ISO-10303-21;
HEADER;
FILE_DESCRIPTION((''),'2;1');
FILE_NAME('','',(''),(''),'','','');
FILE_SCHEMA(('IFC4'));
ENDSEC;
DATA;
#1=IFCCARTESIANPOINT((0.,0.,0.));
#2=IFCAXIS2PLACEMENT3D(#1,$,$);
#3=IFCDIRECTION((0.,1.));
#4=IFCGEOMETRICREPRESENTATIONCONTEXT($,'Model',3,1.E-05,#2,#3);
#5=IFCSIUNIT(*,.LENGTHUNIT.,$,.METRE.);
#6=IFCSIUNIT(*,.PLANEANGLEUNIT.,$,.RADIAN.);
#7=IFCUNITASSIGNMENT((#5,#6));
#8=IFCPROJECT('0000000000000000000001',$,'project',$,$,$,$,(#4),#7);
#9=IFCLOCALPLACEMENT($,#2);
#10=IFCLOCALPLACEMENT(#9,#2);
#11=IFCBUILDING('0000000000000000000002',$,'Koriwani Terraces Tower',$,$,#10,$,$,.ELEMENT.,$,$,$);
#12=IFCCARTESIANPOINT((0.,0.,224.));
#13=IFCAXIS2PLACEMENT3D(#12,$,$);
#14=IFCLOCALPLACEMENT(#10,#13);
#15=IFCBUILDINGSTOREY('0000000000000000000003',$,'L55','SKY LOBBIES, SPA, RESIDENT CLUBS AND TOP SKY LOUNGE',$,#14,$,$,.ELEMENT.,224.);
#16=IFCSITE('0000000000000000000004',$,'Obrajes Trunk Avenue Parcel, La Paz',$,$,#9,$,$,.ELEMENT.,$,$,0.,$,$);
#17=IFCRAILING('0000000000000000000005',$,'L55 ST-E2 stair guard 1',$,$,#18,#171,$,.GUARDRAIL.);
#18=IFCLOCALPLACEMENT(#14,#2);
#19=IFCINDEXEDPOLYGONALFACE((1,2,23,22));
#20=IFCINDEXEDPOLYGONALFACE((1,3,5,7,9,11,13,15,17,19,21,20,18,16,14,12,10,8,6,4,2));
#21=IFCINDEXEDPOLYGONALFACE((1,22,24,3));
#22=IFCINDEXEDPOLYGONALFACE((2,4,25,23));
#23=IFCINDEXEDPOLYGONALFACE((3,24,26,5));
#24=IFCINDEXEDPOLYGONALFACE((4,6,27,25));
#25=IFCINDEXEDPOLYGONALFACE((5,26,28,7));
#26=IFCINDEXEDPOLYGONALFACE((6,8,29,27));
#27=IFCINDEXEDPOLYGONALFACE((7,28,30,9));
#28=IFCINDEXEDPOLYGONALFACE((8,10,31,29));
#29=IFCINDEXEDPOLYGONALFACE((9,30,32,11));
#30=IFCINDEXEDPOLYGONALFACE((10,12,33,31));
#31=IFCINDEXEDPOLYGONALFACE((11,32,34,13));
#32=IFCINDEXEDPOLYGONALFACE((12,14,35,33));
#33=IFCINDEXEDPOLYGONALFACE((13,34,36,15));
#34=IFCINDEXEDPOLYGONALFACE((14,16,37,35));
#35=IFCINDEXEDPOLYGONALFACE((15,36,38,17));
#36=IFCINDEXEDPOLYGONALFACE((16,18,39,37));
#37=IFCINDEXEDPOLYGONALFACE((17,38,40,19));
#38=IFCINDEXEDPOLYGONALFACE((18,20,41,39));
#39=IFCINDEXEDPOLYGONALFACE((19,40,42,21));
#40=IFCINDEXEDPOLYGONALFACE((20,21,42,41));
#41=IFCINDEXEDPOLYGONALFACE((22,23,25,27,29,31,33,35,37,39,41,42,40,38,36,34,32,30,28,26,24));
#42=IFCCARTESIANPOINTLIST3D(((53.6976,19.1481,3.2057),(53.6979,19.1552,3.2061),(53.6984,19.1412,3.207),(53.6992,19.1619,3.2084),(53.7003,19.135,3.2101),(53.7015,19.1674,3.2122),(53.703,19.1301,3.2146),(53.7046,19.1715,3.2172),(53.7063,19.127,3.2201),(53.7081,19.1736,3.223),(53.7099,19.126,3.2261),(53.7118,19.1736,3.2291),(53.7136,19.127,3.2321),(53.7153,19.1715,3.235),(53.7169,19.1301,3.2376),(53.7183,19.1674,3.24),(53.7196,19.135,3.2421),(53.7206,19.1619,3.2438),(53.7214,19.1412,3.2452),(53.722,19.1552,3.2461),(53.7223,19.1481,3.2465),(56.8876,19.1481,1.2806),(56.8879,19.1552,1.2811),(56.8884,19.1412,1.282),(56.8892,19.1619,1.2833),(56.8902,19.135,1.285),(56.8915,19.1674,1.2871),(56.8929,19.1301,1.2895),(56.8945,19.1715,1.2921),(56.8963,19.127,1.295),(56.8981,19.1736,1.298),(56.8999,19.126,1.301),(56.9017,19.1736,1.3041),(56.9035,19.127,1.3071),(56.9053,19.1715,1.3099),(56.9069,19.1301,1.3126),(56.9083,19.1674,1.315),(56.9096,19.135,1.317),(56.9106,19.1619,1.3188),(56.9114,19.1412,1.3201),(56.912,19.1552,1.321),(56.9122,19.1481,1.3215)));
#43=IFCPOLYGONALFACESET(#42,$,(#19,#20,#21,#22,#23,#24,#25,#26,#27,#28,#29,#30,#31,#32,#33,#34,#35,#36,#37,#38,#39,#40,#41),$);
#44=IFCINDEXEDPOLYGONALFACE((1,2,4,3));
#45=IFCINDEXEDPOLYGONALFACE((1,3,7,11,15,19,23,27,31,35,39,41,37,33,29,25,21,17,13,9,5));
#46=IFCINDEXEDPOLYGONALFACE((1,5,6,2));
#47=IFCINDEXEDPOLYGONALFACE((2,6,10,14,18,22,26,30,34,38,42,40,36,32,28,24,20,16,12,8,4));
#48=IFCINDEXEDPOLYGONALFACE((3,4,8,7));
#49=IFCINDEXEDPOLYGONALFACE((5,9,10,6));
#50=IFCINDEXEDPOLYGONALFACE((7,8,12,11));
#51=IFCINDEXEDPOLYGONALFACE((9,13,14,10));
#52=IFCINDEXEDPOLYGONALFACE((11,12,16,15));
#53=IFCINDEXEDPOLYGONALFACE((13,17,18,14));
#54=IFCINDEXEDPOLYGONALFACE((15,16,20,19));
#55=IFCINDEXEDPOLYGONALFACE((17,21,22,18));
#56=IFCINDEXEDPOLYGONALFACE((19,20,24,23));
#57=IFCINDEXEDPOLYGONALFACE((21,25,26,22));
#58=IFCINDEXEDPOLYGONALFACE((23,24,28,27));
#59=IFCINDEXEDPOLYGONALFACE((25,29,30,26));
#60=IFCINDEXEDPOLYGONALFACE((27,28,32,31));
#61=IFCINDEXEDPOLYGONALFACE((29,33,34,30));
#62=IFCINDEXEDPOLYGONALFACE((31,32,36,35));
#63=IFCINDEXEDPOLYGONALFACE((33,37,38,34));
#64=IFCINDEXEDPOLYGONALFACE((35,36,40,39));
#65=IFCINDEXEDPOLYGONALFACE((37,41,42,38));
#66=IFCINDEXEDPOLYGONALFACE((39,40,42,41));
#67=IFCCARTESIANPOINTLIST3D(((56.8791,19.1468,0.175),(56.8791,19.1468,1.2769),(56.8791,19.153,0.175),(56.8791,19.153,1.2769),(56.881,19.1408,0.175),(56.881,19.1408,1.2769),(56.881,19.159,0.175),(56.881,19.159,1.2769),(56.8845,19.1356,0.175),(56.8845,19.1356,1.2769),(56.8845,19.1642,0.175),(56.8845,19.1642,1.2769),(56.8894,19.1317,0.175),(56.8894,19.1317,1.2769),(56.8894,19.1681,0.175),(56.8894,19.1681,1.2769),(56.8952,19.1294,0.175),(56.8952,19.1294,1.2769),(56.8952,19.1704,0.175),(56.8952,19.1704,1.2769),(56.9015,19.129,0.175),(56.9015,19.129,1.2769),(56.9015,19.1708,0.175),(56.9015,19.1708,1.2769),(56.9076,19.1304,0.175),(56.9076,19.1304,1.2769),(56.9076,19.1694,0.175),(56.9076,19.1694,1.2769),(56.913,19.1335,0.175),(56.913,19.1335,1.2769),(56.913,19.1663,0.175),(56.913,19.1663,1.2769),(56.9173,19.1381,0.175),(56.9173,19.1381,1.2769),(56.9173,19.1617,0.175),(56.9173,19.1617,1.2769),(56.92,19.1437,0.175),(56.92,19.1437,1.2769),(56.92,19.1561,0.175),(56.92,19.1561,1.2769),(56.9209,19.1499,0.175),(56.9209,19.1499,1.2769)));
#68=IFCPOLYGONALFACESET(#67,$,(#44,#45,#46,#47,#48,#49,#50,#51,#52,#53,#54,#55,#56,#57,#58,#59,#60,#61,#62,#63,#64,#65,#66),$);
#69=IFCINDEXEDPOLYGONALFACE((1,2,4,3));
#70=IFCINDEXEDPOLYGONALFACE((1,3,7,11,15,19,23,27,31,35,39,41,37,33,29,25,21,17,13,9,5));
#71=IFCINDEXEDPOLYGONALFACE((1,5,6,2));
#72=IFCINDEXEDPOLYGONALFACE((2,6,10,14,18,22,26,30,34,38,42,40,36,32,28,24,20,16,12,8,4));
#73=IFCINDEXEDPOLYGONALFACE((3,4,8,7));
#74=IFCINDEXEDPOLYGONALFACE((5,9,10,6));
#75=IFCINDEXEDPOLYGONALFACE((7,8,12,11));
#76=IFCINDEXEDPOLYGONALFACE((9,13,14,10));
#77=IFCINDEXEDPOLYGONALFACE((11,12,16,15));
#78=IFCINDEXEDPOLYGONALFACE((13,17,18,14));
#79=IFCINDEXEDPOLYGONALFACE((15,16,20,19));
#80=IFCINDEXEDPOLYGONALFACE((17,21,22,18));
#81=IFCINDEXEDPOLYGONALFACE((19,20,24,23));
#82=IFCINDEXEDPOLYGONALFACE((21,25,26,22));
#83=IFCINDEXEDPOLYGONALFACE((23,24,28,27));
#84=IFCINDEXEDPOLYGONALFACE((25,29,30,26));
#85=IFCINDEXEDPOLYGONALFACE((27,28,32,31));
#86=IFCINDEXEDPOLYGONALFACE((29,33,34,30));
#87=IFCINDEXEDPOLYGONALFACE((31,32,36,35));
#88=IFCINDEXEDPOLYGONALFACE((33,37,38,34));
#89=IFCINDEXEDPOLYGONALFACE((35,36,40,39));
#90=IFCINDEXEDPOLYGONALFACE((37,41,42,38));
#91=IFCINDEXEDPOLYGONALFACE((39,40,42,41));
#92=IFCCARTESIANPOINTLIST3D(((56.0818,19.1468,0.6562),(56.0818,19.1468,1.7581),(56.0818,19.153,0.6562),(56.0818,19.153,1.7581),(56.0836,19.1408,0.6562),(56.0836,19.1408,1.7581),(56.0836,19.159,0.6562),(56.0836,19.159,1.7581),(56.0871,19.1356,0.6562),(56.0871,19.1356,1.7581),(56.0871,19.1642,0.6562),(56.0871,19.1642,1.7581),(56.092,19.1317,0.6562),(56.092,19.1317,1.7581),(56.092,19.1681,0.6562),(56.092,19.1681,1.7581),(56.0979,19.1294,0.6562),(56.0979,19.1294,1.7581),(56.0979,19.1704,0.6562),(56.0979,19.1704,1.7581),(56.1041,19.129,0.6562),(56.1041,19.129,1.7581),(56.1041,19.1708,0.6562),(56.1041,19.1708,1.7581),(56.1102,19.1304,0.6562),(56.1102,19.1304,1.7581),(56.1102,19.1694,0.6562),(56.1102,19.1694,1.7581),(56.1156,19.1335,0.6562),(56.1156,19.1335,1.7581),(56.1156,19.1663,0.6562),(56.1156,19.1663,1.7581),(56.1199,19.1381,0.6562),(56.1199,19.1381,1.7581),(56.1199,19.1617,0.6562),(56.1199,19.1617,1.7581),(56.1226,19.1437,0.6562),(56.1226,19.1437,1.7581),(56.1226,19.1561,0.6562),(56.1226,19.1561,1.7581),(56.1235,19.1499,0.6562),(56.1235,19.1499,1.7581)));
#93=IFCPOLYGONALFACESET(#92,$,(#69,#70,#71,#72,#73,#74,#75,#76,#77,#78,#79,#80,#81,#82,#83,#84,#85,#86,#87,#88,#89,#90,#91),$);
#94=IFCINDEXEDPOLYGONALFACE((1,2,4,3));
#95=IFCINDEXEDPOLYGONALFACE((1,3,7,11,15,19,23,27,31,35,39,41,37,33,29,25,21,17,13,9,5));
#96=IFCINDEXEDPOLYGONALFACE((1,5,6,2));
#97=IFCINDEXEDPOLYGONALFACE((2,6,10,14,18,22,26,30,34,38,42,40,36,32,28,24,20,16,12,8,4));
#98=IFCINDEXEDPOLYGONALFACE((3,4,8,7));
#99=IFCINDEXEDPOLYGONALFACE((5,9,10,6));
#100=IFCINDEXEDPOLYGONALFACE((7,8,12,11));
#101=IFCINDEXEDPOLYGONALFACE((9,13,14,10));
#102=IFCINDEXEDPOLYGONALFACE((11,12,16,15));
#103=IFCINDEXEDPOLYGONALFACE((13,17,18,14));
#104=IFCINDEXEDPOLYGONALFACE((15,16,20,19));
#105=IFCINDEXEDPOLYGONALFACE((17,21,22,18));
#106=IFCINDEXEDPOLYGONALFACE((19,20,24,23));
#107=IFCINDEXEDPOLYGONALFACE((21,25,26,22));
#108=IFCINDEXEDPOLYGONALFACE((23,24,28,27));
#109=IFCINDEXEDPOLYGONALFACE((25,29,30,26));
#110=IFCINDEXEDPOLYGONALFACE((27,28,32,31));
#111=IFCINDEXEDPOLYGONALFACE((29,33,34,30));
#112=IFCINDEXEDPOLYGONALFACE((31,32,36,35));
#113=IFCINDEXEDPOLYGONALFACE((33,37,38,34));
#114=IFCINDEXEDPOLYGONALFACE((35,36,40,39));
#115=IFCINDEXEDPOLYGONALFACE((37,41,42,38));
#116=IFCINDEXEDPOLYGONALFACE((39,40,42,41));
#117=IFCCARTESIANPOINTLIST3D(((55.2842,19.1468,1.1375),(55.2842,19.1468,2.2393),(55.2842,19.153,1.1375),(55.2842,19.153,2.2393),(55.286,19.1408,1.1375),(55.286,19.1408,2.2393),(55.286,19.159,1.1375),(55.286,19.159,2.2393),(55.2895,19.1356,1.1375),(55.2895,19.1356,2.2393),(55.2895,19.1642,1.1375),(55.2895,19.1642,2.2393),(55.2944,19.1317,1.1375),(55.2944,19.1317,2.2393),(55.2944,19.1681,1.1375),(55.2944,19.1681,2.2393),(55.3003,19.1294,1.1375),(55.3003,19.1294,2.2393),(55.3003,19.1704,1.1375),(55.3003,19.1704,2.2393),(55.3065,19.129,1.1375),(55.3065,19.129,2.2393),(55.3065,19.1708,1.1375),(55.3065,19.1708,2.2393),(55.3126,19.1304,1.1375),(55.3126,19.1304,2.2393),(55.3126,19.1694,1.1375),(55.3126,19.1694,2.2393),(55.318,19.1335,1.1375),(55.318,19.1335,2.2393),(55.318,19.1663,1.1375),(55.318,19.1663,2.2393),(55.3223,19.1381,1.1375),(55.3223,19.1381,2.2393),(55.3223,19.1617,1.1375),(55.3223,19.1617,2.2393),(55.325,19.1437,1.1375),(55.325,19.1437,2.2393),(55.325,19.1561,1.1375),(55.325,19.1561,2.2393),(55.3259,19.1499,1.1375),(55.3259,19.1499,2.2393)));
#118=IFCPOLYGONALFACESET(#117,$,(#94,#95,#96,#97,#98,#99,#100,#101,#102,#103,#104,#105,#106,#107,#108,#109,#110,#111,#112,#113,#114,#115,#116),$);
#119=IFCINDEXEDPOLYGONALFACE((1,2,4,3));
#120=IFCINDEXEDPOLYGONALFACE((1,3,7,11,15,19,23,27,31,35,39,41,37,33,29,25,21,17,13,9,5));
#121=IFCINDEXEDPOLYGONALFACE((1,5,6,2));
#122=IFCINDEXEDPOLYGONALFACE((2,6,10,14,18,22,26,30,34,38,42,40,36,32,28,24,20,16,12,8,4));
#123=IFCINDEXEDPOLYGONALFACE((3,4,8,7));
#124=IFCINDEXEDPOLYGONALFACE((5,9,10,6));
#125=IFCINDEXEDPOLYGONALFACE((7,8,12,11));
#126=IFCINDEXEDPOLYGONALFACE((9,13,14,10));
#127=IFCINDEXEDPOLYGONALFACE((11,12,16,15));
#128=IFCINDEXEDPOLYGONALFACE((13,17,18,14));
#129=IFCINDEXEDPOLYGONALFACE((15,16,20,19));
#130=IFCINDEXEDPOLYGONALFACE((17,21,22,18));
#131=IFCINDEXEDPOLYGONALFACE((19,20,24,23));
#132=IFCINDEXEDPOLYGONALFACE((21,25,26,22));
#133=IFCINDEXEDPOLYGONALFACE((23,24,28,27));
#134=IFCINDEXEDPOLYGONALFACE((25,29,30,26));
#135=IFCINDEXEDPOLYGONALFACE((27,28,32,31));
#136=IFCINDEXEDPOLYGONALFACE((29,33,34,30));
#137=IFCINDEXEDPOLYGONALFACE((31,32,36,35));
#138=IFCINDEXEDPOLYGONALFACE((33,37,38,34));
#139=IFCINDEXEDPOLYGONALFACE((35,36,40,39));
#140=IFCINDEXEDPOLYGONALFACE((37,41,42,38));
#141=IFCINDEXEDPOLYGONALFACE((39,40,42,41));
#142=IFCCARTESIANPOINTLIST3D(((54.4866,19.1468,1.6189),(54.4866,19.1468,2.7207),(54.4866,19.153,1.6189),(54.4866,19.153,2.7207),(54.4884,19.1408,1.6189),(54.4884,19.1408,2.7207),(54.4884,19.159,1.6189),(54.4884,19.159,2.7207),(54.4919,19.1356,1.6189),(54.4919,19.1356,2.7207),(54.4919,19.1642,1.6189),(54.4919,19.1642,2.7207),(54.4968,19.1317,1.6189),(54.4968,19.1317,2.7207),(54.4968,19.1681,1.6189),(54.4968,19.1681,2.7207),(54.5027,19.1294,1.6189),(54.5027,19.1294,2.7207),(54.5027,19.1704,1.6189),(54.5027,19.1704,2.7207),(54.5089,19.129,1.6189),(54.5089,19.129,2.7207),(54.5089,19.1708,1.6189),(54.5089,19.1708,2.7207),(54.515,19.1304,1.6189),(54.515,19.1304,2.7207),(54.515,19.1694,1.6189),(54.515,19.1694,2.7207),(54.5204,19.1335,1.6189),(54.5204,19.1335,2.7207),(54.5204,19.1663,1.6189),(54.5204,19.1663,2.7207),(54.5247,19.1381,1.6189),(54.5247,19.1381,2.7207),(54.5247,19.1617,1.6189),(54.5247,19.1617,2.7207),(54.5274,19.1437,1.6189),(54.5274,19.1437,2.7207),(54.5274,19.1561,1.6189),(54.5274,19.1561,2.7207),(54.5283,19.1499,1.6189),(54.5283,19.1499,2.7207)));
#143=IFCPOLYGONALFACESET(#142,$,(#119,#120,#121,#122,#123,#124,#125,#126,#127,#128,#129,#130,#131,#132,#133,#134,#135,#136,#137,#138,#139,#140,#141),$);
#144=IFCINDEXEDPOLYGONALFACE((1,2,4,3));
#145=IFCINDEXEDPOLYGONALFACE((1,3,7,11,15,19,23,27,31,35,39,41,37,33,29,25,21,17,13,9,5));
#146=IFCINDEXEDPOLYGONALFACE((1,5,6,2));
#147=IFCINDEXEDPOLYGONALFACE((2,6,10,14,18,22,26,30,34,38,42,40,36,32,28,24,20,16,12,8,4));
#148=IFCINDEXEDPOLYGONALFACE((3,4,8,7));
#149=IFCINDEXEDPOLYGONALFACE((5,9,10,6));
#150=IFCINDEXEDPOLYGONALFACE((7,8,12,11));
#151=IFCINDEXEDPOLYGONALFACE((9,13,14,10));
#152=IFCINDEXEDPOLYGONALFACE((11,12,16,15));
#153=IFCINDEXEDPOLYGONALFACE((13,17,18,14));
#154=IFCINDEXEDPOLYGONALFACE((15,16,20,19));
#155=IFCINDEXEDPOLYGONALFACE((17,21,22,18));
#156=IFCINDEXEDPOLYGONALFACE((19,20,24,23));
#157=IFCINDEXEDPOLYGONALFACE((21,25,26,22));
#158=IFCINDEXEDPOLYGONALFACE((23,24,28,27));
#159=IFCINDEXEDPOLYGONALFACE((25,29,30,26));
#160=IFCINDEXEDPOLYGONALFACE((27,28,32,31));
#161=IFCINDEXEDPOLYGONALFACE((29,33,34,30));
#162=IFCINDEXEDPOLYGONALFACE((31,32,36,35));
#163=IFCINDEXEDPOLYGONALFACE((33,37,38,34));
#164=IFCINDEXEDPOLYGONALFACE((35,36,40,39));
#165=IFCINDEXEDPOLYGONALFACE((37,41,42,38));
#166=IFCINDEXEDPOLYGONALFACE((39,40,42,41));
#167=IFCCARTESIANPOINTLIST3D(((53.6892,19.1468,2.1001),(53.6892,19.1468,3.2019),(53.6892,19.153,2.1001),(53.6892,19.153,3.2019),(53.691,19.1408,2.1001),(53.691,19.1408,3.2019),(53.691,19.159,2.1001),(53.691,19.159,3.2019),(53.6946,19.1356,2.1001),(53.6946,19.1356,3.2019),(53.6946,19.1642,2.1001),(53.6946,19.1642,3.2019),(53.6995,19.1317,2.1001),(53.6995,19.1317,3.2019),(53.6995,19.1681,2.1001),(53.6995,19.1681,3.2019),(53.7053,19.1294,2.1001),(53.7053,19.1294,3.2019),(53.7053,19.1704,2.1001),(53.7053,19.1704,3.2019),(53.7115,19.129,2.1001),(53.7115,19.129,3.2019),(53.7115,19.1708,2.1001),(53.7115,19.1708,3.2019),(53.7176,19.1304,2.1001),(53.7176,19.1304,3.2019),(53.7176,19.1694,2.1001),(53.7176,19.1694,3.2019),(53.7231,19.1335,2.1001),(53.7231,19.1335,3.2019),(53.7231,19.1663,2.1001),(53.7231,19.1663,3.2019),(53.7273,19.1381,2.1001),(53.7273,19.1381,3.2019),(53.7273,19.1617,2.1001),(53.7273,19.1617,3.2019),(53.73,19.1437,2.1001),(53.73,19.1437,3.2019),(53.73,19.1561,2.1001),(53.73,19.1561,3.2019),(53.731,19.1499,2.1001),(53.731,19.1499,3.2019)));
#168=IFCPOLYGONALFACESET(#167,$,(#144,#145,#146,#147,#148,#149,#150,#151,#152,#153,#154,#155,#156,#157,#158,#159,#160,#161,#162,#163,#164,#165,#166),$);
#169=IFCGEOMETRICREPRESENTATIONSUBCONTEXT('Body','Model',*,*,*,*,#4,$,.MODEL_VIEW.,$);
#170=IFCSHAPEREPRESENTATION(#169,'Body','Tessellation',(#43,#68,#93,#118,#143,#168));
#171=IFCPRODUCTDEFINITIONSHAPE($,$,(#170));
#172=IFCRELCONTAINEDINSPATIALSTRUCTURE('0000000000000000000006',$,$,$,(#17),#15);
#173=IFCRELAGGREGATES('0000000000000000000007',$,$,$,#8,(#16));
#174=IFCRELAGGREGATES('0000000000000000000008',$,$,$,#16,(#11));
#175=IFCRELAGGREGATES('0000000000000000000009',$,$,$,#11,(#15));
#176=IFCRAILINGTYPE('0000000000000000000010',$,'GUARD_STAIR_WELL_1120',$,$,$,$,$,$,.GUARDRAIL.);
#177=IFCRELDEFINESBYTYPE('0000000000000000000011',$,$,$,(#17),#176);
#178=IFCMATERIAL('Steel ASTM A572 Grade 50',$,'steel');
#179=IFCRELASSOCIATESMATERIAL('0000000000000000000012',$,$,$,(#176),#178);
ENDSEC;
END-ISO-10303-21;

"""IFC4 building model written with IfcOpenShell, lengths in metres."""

from ifc_helpers import new_model, si_unit, direction, frame, origin, origin_2d, place, context, subcontext, project, spatial, circle, extrude, material, type_object, element, save


model = new_model("IFC4")

# Units and contexts
model_context = context("Model", 3, precision=1e-05, world=origin(), true_north=direction((0.0, 1.0)))
body_context = subcontext(model_context, "Body", "Model", "MODEL_VIEW")
ifc_project = project(units=[si_unit("LENGTHUNIT", "METRE"), si_unit("PLANEANGLEUNIT", "RADIAN")], contexts=[model_context])

# Site, building, storey
site_placement = place(None, origin())
site = spatial("IfcSite", under=ifc_project, at=site_placement, Name="Obrajes Trunk Avenue Parcel, La Paz", CompositionType="ELEMENT", RefElevation=0.0)
building_placement = place(site_placement, origin())
building = spatial("IfcBuilding", under=site, at=building_placement, Name="Koriwani Terraces Tower", CompositionType="ELEMENT")
storey_placement = place(building_placement, frame((0.0, 0.0, 224.0)))
storey = spatial("IfcBuildingStorey", under=building, at=storey_placement, Name="L55", Description="SKY LOBBIES, SPA, RESIDENT CLUBS AND TOP SKY LOUNGE", CompositionType="ELEMENT", Elevation=224.0)

# Shared definitions
ifc_material_1 = material(Name="Steel ASTM A572 Grade 50", Category="steel")

# Railing
railing_type_1 = type_object("IfcRailingType", Name="GUARD_STAIR_WELL_1120", PredefinedType="GUARDRAIL", material=ifc_material_1)
railing_1_placement = place(storey_placement, frame((56.8999, 19.1499, 0.175)))
element("IfcRailing", 1, at=railing_1_placement, inside=storey, type_object=railing_type_1, Name="L55 ST-E2 stair guard 1", PredefinedType="GUARDRAIL", context=body_context, shape_type="SweptSolid", body=[
    extrude(circle(Radius=0.0239, at=origin_2d()), frame((0.0, 0.0, 1.126), z_axis=(-0.856178, 0.0, 0.516682), x_axis=(0.0, -1.0, 0.0)), (0.0, 0.0, 1.0), 3.7258),
    extrude(circle(Radius=0.021, at=origin_2d()), origin(), (0.0, 0.0, 1.0), 1.1018),
    extrude(circle(Radius=0.021, at=origin_2d()), frame((-0.7974, 0.0, 0.4812)), (0.0, 0.0, 1.0), 1.1018),
    extrude(circle(Radius=0.021, at=origin_2d()), frame((-1.595, 0.0, 0.9624)), (0.0, 0.0, 1.0), 1.1018),
    extrude(circle(Radius=0.021, at=origin_2d()), frame((-2.3926, 0.0, 1.4438)), (0.0, 0.0, 1.0), 1.1018),
    extrude(circle(Radius=0.021, at=origin_2d()), frame((-3.1899, 0.0, 1.925)), (0.0, 0.0, 1.0), 1.1018),
])

save(model, "model.ifc")
